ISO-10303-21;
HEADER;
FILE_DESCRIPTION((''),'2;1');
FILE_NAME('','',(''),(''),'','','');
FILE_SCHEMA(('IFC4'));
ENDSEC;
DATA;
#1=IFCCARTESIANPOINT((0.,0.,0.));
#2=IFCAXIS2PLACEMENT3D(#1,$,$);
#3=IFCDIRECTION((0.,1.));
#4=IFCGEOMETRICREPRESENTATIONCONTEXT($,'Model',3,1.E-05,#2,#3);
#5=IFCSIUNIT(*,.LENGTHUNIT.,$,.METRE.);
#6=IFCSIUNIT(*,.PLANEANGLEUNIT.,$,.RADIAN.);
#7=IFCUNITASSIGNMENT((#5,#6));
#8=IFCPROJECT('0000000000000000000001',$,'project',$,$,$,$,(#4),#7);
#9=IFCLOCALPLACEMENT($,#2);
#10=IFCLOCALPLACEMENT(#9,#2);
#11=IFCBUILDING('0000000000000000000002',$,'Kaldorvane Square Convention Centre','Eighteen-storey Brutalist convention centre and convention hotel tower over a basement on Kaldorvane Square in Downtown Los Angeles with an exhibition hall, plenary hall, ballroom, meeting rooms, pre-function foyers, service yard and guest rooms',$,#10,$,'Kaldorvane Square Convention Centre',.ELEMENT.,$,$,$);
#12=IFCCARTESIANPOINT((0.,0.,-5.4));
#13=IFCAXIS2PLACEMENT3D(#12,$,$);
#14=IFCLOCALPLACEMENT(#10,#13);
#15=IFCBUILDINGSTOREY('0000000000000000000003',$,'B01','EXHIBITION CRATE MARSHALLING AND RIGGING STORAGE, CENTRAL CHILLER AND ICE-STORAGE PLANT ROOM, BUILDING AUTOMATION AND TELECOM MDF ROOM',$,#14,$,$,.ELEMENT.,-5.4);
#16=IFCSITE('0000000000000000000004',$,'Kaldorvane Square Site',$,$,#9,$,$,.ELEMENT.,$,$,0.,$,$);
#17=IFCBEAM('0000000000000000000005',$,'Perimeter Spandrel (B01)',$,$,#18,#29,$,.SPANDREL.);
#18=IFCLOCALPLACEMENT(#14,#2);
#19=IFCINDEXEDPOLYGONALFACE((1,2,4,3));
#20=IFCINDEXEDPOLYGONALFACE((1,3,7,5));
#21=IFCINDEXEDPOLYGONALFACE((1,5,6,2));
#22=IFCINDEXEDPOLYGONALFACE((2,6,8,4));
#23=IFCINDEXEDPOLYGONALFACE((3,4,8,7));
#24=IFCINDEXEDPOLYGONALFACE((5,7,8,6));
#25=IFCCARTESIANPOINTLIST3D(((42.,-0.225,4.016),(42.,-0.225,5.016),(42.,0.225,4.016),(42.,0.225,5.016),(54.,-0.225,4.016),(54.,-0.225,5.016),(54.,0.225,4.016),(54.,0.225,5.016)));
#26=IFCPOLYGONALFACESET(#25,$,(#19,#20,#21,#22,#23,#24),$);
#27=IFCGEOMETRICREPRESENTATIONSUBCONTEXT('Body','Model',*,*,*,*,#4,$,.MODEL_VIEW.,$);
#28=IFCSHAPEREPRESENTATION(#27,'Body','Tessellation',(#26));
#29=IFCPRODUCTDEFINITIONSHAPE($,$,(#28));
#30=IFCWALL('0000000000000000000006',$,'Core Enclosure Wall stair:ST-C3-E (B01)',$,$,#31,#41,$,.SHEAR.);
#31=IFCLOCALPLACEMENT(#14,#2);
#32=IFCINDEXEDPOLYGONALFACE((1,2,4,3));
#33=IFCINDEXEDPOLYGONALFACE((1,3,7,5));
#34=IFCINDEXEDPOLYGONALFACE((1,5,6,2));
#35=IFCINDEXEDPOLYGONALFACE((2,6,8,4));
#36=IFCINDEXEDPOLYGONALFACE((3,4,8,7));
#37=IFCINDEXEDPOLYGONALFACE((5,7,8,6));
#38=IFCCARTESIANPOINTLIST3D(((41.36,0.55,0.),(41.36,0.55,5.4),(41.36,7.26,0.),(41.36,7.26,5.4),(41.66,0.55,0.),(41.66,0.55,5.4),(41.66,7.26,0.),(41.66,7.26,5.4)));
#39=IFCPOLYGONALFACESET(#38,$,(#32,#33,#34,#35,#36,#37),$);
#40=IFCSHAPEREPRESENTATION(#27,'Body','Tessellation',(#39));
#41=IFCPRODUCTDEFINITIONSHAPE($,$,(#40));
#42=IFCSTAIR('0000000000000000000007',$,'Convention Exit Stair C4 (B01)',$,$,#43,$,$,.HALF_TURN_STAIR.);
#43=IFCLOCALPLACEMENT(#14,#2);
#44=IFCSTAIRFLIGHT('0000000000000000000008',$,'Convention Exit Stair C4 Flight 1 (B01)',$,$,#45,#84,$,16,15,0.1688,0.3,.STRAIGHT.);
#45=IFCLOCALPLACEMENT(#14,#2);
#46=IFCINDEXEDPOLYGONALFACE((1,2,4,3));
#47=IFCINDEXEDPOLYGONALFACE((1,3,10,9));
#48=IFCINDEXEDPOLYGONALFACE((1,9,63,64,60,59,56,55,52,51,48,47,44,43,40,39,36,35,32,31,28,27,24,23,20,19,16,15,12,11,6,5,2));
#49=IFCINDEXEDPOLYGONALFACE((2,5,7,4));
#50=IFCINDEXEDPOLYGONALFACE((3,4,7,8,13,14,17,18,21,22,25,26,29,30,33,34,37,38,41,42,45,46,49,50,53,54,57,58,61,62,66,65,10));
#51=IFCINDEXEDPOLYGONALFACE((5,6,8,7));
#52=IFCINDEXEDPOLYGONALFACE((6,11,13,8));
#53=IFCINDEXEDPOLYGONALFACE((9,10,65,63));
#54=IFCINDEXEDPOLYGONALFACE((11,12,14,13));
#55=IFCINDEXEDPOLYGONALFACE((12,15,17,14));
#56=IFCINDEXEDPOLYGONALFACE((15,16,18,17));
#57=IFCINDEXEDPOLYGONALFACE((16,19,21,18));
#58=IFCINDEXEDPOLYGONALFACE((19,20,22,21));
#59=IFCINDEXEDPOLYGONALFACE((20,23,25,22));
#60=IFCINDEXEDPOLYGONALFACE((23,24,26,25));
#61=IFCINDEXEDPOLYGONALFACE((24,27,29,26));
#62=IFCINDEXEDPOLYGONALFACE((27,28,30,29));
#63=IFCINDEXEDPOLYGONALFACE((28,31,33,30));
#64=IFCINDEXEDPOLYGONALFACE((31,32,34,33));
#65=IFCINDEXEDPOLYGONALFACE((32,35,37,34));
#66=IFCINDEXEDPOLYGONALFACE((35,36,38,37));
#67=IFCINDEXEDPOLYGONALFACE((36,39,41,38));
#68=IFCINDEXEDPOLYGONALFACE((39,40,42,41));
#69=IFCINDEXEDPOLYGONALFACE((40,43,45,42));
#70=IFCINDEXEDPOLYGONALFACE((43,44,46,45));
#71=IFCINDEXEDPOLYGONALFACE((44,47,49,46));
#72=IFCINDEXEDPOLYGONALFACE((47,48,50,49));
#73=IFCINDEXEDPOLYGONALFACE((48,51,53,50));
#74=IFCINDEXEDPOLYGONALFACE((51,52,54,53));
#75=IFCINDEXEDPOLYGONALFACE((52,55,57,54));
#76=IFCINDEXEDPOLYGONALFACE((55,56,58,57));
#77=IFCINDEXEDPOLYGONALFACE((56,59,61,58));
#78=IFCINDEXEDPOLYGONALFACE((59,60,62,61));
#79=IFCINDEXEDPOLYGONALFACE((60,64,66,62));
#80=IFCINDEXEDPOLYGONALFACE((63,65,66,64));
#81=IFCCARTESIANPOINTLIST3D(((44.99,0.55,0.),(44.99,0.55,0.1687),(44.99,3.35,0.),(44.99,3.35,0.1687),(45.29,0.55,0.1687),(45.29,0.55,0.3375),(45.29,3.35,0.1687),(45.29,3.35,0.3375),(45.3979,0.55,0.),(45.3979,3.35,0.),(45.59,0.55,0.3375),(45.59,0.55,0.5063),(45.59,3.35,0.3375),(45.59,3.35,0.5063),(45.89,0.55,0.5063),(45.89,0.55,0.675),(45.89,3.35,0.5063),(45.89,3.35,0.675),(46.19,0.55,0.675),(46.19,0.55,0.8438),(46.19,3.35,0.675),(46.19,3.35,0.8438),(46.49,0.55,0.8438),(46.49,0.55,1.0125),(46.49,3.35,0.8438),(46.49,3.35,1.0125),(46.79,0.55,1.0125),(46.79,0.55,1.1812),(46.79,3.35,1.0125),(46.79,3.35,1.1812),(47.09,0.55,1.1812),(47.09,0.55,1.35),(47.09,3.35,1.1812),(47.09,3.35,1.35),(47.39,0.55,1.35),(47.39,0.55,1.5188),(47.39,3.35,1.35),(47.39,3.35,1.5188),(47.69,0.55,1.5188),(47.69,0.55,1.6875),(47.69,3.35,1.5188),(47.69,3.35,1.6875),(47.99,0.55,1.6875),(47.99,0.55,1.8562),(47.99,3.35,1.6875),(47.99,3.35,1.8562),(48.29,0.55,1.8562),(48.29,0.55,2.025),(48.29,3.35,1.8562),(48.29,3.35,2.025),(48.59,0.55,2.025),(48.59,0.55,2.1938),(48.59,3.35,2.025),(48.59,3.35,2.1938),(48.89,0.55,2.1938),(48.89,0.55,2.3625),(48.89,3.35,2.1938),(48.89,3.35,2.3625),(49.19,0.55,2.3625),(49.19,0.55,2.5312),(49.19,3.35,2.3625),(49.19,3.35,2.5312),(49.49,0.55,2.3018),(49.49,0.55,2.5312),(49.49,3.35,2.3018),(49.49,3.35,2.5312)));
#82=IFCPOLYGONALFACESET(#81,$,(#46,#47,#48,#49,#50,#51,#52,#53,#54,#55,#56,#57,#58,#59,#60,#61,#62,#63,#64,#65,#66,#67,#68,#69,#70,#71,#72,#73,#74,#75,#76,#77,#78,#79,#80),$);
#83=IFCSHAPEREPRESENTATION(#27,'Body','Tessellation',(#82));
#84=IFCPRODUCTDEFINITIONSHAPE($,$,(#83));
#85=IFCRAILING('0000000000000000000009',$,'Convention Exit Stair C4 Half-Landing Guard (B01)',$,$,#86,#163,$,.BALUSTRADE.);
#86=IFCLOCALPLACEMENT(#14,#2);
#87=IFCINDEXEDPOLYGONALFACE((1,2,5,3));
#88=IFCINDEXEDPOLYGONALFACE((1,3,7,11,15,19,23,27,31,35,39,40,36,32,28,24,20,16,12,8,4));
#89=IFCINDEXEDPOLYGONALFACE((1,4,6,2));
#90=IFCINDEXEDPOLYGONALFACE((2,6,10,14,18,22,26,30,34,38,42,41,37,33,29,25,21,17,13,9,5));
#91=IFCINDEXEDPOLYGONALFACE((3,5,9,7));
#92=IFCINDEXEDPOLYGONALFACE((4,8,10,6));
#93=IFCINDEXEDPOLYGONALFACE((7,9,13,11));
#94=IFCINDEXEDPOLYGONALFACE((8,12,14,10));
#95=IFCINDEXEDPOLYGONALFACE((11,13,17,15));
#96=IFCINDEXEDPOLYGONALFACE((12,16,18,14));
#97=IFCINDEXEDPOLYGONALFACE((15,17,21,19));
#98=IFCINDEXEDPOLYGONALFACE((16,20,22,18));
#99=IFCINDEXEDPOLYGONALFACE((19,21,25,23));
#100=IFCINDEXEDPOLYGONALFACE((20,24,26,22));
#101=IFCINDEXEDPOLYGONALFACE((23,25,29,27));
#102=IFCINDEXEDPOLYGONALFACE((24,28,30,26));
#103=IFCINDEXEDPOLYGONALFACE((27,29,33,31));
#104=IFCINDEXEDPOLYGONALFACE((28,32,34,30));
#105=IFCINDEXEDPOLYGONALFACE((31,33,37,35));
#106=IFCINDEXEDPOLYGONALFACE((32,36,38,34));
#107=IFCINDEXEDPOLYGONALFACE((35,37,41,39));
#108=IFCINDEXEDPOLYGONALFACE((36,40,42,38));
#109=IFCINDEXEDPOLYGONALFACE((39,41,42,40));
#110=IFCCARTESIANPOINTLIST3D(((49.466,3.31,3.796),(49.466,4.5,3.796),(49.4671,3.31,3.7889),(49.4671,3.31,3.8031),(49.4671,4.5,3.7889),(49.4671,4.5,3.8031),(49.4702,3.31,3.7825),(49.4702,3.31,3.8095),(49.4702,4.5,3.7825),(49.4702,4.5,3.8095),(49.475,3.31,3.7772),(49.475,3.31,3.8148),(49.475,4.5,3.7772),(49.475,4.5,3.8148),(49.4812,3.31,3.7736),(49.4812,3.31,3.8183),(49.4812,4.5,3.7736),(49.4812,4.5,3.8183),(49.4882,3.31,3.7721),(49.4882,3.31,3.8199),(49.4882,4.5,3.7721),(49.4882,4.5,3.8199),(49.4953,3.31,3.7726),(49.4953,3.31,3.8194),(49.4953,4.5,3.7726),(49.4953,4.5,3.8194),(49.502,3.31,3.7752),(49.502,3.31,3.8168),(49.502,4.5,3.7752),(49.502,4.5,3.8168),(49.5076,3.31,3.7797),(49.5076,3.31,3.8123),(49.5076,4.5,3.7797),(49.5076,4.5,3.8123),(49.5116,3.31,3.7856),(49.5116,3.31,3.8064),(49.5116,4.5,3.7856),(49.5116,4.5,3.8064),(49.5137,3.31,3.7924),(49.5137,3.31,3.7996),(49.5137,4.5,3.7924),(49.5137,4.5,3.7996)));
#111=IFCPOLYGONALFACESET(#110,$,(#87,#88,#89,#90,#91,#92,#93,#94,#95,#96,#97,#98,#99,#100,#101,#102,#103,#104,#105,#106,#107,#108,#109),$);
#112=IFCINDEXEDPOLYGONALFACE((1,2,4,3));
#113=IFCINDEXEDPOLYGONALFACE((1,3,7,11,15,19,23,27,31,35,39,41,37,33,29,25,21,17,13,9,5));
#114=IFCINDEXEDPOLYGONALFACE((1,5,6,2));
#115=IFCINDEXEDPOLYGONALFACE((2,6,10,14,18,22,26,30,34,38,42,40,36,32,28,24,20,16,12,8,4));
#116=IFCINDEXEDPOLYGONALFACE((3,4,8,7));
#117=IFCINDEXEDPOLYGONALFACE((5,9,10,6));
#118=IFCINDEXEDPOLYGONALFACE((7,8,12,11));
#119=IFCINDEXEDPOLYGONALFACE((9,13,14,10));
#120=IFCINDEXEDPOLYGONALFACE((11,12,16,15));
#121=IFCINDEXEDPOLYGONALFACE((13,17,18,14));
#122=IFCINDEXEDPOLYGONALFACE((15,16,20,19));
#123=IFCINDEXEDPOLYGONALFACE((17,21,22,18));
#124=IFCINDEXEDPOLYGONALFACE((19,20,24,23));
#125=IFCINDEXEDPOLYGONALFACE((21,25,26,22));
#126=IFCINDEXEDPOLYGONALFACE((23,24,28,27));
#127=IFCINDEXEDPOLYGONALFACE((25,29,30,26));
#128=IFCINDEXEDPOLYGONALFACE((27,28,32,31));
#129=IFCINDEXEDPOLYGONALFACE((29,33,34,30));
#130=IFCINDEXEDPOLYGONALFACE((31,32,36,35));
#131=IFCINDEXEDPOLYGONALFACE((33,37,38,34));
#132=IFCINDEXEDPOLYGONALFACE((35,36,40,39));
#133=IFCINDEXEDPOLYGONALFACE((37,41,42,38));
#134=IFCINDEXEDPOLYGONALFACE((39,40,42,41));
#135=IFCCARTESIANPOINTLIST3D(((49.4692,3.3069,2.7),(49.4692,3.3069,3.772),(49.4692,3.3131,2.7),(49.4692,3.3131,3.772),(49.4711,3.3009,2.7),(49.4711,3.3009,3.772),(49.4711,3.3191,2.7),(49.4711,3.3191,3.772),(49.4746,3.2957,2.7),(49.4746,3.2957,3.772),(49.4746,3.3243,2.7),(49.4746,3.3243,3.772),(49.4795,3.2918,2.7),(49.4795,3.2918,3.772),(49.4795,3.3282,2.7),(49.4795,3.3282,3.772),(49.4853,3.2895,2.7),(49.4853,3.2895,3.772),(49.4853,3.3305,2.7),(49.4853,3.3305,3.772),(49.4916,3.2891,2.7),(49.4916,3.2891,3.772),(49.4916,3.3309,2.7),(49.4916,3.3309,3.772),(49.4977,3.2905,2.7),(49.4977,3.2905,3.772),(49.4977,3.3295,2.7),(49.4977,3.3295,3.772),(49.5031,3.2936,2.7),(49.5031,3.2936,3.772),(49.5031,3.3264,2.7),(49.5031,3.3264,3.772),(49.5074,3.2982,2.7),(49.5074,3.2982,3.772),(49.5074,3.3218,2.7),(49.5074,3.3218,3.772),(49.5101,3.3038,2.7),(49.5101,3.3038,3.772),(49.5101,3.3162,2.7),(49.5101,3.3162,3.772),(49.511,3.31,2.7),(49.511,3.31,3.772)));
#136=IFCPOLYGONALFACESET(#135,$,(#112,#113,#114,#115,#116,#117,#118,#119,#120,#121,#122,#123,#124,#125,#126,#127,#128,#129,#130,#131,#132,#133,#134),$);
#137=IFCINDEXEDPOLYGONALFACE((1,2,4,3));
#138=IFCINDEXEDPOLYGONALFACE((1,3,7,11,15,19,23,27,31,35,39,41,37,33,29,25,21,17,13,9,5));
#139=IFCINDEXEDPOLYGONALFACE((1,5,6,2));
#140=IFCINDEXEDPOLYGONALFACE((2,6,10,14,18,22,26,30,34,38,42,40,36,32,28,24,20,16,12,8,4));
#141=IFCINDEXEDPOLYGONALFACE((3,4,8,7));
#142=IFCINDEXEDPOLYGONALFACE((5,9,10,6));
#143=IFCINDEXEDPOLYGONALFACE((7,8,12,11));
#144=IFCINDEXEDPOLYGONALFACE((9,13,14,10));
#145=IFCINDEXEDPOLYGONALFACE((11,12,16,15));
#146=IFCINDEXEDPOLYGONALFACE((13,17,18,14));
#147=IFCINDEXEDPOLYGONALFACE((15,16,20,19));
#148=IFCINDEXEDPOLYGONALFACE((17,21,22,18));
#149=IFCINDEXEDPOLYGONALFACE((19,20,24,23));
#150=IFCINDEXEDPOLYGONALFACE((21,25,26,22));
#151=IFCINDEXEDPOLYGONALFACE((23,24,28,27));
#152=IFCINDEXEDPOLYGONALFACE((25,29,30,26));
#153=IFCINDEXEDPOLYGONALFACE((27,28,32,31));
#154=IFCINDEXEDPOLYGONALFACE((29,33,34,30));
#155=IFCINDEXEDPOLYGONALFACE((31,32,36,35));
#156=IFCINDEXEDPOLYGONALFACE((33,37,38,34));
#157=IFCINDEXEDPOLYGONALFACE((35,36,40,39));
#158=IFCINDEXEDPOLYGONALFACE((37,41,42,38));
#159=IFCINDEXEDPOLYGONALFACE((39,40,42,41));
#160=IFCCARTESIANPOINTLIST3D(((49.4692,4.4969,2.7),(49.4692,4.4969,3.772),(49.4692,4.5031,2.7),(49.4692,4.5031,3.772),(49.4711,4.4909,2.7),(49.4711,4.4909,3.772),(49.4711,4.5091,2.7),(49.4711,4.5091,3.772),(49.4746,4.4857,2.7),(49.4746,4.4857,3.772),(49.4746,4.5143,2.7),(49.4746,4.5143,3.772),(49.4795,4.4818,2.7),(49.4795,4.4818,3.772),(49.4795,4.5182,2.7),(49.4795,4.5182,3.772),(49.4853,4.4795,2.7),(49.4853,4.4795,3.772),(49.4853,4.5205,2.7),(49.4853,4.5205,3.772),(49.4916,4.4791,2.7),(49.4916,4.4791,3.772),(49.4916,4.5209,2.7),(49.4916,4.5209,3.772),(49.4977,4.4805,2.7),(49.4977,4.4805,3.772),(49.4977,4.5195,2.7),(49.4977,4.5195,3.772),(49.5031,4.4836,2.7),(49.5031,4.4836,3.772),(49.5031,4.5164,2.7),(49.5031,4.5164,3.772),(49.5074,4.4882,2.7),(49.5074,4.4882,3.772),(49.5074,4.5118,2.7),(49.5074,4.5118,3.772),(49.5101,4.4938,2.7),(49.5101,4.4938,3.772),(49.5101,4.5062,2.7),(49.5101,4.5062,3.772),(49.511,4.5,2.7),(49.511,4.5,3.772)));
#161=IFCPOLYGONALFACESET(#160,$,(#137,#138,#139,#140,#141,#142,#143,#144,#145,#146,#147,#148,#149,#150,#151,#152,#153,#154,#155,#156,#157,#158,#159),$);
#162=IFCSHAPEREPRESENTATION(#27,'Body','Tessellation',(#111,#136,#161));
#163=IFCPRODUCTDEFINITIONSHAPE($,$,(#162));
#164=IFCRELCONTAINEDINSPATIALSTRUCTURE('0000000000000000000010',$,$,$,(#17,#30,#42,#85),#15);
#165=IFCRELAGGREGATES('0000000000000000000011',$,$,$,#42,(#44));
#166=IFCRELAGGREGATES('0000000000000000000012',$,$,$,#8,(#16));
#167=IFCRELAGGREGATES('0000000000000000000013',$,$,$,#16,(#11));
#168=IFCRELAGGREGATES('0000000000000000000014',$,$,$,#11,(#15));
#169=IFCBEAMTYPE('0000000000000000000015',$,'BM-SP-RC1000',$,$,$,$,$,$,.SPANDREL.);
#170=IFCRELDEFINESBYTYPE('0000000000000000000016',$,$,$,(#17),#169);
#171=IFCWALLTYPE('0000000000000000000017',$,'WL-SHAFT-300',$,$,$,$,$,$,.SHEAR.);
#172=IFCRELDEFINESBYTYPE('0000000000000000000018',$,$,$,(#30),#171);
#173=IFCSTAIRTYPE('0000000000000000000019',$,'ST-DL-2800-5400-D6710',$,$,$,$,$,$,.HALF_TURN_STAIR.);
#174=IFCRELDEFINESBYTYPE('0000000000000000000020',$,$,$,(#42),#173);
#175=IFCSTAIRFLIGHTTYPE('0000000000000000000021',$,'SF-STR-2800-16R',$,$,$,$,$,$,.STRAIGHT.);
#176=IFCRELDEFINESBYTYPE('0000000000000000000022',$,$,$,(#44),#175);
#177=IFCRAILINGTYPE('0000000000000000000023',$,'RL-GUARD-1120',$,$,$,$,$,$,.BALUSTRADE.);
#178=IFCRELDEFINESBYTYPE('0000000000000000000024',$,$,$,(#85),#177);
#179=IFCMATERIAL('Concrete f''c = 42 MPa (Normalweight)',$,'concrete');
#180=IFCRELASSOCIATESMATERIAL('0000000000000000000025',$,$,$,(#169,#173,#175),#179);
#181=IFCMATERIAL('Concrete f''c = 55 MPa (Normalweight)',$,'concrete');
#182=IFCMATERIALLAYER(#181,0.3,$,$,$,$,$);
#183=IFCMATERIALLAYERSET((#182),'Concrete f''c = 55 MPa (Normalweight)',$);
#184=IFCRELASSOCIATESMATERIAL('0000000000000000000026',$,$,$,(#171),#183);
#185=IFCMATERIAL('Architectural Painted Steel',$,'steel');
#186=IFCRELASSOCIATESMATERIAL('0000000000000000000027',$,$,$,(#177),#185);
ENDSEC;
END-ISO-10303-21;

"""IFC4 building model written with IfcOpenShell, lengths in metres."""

from ifc_helpers import new_model, si_unit, direction, frame, frame_2d, origin, origin_2d, place, context, subcontext, project, spatial, polyline, rectangle, circle, outline, extrude, material, layer, layer_set, material_profile, profile_set, type_object, element, aggregate, save


model = new_model("IFC4")

# Units and contexts
model_context = context("Model", 3, precision=1e-05, world=origin(), true_north=direction((0.0, 1.0)))
body_context = subcontext(model_context, "Body", "Model", "MODEL_VIEW")
ifc_project = project(units=[si_unit("LENGTHUNIT", "METRE"), si_unit("PLANEANGLEUNIT", "RADIAN")], contexts=[model_context])

# Site, building, storey
site_placement = place(None, origin())
site = spatial("IfcSite", under=ifc_project, at=site_placement, Name="Kaldorvane Square Site", CompositionType="ELEMENT", RefElevation=0.0)
building_placement = place(site_placement, origin())
building = spatial("IfcBuilding", under=site, at=building_placement, Name="Kaldorvane Square Convention Centre", Description="Eighteen-storey Brutalist convention centre and convention hotel tower over a basement on Kaldorvane Square in Downtown Los Angeles with an exhibition hall, plenary hall, ballroom, meeting rooms, pre-function foyers, service yard and guest rooms", LongName="Kaldorvane Square Convention Centre", CompositionType="ELEMENT")
storey_placement = place(building_placement, frame((0.0, 0.0, -5.4)))
storey = spatial("IfcBuildingStorey", under=building, at=storey_placement, Name="B01", Description="EXHIBITION CRATE MARSHALLING AND RIGGING STORAGE, CENTRAL CHILLER AND ICE-STORAGE PLANT ROOM, BUILDING AUTOMATION AND TELECOM MDF ROOM", CompositionType="ELEMENT", Elevation=-5.4)

# Shared definitions
ifc_material_1 = material(Name="Concrete f'c = 42 MPa (Normalweight)", Category="concrete")

# Beam
ifc_material_profile_1 = material_profile(ifc_material_1, rectangle(XDim=0.45, YDim=1.0, at=origin_2d()), Name="RCSP1000X450")
ifc_profile_set_1 = profile_set([ifc_material_profile_1], Name="Concrete f'c = 42 MPa (Normalweight)")
beam_type_1 = type_object("IfcBeamType", Name="BM-SP-RC1000", PredefinedType="SPANDREL", material=ifc_profile_set_1)
beam_1_placement = place(storey_placement, frame((42.0, 0.0, 4.516), z_axis=(1.0, 0.0, 0.0), x_axis=(0.0, 1.0, 0.0)))
element("IfcBeam", 1, at=beam_1_placement, inside=storey, type_object=beam_type_1, Name="Perimeter Spandrel (B01)", PredefinedType="SPANDREL", context=body_context, shape_type="SweptSolid", body=[
    extrude(rectangle(XDim=0.45, YDim=1.0, at=origin_2d()), origin(), (0.0, 0.0, 1.0), 12.0),
])

# Wall
ifc_material_2 = material(Name="Concrete f'c = 55 MPa (Normalweight)", Category="concrete")
ifc_layer = layer(ifc_material_2, 0.3)
ifc_layer_set = layer_set([ifc_layer], Name="Concrete f'c = 55 MPa (Normalweight)")
wall_type = type_object("IfcWallType", Name="WL-SHAFT-300", PredefinedType="SHEAR", material=ifc_layer_set)
wall_placement = place(storey_placement, frame((41.51, 0.55, 0.0), z_axis=(0.0, 0.0, 1.0), x_axis=(0.0, 1.0, 0.0)))
element("IfcWall", 2, at=wall_placement, inside=storey, type_object=wall_type, Name="Core Enclosure Wall stair:ST-C3-E (B01)", PredefinedType="SHEAR", context=body_context, shape_type="SweptSolid", body=[
    extrude(rectangle(XDim=6.71, YDim=0.3, at=frame_2d((3.355, 0.0))), origin(), (0.0, 0.0, 1.0), 5.4),
])

# Stair, stair flight
stair_type = type_object("IfcStairType", Name="ST-DL-2800-5400-D6710", PredefinedType="HALF_TURN_STAIR", material=ifc_material_1)
stair_placement = place(storey_placement, origin())
stair = element("IfcStair", 3, at=stair_placement, inside=storey, type_object=stair_type, Name="Convention Exit Stair C4 (B01)", PredefinedType="HALF_TURN_STAIR")
stair_flight_type = type_object("IfcStairFlightType", Name="SF-STR-2800-16R", PredefinedType="STRAIGHT", material=ifc_material_1)
stair_flight_placement = place(storey_placement, frame((44.99, 1.95, 0.0), z_axis=(0.0, 0.0, 1.0), x_axis=(1.0, 0.0, 0.0)))
stair_flight = element("IfcStairFlight", 4, at=stair_flight_placement, type_object=stair_flight_type, Name="Convention Exit Stair C4 Flight 1 (B01)", NumberOfRisers=16, NumberOfTreads=15, PredefinedType="STRAIGHT", RiserHeight=0.1688, TreadLength=0.3, context=body_context, shape_type="SweptSolid", body=[
    extrude(outline(polyline([(0.0, 0.0), (0.0, 0.1687), (0.3, 0.1687), (0.3, 0.3375), (0.6, 0.3375), (0.6, 0.5063), (0.9, 0.5063), (0.9, 0.675), (1.2, 0.675), (1.2, 0.8438), (1.5, 0.8438), (1.5, 1.0125), (1.8, 1.0125), (1.8, 1.1812), (2.1, 1.1812), (2.1, 1.35), (2.4, 1.35), (2.4, 1.5188), (2.7, 1.5188), (2.7, 1.6875), (3.0, 1.6875), (3.0, 1.8562), (3.3, 1.8562), (3.3, 2.025), (3.6, 2.025), (3.6, 2.1938), (3.9, 2.1938), (3.9, 2.3625), (4.2, 2.3625), (4.2, 2.5312), (4.5, 2.5312), (4.5, 2.7), (4.5, 2.3018), (0.4079, 0.0), (0.0, 0.0)])), frame((0.0, 1.4, 0.0), z_axis=(0.0, -1.0, 0.0), x_axis=(1.0, 0.0, 0.0)), (0.0, 0.0, 1.0), 2.8),
])
aggregate(stair, [stair_flight])

# Railing
ifc_material_3 = material(Name="Architectural Painted Steel", Category="steel")
railing_type_1 = type_object("IfcRailingType", Name="RL-GUARD-1120", PredefinedType="BALUSTRADE", material=ifc_material_3)
railing_1_placement = place(storey_placement, frame((49.49, 3.31, 2.7)))
element("IfcRailing", 5, at=railing_1_placement, inside=storey, type_object=railing_type_1, Name="Convention Exit Stair C4 Half-Landing Guard (B01)", PredefinedType="BALUSTRADE", context=body_context, shape_type="SweptSolid", body=[
    extrude(circle(Radius=0.024, at=origin_2d()), frame((0.0, 0.0, 1.096), z_axis=(0.0, 1.0, 0.0), x_axis=(-1.0, 0.0, 0.0)), (0.0, 0.0, 1.0), 1.19),
    extrude(circle(Radius=0.021, at=origin_2d()), origin(), (0.0, 0.0, 1.0), 1.072),
    extrude(circle(Radius=0.021, at=origin_2d()), frame((0.0, 1.19, 0.0)), (0.0, 0.0, 1.0), 1.072),
])

save(model, "model.ifc")
